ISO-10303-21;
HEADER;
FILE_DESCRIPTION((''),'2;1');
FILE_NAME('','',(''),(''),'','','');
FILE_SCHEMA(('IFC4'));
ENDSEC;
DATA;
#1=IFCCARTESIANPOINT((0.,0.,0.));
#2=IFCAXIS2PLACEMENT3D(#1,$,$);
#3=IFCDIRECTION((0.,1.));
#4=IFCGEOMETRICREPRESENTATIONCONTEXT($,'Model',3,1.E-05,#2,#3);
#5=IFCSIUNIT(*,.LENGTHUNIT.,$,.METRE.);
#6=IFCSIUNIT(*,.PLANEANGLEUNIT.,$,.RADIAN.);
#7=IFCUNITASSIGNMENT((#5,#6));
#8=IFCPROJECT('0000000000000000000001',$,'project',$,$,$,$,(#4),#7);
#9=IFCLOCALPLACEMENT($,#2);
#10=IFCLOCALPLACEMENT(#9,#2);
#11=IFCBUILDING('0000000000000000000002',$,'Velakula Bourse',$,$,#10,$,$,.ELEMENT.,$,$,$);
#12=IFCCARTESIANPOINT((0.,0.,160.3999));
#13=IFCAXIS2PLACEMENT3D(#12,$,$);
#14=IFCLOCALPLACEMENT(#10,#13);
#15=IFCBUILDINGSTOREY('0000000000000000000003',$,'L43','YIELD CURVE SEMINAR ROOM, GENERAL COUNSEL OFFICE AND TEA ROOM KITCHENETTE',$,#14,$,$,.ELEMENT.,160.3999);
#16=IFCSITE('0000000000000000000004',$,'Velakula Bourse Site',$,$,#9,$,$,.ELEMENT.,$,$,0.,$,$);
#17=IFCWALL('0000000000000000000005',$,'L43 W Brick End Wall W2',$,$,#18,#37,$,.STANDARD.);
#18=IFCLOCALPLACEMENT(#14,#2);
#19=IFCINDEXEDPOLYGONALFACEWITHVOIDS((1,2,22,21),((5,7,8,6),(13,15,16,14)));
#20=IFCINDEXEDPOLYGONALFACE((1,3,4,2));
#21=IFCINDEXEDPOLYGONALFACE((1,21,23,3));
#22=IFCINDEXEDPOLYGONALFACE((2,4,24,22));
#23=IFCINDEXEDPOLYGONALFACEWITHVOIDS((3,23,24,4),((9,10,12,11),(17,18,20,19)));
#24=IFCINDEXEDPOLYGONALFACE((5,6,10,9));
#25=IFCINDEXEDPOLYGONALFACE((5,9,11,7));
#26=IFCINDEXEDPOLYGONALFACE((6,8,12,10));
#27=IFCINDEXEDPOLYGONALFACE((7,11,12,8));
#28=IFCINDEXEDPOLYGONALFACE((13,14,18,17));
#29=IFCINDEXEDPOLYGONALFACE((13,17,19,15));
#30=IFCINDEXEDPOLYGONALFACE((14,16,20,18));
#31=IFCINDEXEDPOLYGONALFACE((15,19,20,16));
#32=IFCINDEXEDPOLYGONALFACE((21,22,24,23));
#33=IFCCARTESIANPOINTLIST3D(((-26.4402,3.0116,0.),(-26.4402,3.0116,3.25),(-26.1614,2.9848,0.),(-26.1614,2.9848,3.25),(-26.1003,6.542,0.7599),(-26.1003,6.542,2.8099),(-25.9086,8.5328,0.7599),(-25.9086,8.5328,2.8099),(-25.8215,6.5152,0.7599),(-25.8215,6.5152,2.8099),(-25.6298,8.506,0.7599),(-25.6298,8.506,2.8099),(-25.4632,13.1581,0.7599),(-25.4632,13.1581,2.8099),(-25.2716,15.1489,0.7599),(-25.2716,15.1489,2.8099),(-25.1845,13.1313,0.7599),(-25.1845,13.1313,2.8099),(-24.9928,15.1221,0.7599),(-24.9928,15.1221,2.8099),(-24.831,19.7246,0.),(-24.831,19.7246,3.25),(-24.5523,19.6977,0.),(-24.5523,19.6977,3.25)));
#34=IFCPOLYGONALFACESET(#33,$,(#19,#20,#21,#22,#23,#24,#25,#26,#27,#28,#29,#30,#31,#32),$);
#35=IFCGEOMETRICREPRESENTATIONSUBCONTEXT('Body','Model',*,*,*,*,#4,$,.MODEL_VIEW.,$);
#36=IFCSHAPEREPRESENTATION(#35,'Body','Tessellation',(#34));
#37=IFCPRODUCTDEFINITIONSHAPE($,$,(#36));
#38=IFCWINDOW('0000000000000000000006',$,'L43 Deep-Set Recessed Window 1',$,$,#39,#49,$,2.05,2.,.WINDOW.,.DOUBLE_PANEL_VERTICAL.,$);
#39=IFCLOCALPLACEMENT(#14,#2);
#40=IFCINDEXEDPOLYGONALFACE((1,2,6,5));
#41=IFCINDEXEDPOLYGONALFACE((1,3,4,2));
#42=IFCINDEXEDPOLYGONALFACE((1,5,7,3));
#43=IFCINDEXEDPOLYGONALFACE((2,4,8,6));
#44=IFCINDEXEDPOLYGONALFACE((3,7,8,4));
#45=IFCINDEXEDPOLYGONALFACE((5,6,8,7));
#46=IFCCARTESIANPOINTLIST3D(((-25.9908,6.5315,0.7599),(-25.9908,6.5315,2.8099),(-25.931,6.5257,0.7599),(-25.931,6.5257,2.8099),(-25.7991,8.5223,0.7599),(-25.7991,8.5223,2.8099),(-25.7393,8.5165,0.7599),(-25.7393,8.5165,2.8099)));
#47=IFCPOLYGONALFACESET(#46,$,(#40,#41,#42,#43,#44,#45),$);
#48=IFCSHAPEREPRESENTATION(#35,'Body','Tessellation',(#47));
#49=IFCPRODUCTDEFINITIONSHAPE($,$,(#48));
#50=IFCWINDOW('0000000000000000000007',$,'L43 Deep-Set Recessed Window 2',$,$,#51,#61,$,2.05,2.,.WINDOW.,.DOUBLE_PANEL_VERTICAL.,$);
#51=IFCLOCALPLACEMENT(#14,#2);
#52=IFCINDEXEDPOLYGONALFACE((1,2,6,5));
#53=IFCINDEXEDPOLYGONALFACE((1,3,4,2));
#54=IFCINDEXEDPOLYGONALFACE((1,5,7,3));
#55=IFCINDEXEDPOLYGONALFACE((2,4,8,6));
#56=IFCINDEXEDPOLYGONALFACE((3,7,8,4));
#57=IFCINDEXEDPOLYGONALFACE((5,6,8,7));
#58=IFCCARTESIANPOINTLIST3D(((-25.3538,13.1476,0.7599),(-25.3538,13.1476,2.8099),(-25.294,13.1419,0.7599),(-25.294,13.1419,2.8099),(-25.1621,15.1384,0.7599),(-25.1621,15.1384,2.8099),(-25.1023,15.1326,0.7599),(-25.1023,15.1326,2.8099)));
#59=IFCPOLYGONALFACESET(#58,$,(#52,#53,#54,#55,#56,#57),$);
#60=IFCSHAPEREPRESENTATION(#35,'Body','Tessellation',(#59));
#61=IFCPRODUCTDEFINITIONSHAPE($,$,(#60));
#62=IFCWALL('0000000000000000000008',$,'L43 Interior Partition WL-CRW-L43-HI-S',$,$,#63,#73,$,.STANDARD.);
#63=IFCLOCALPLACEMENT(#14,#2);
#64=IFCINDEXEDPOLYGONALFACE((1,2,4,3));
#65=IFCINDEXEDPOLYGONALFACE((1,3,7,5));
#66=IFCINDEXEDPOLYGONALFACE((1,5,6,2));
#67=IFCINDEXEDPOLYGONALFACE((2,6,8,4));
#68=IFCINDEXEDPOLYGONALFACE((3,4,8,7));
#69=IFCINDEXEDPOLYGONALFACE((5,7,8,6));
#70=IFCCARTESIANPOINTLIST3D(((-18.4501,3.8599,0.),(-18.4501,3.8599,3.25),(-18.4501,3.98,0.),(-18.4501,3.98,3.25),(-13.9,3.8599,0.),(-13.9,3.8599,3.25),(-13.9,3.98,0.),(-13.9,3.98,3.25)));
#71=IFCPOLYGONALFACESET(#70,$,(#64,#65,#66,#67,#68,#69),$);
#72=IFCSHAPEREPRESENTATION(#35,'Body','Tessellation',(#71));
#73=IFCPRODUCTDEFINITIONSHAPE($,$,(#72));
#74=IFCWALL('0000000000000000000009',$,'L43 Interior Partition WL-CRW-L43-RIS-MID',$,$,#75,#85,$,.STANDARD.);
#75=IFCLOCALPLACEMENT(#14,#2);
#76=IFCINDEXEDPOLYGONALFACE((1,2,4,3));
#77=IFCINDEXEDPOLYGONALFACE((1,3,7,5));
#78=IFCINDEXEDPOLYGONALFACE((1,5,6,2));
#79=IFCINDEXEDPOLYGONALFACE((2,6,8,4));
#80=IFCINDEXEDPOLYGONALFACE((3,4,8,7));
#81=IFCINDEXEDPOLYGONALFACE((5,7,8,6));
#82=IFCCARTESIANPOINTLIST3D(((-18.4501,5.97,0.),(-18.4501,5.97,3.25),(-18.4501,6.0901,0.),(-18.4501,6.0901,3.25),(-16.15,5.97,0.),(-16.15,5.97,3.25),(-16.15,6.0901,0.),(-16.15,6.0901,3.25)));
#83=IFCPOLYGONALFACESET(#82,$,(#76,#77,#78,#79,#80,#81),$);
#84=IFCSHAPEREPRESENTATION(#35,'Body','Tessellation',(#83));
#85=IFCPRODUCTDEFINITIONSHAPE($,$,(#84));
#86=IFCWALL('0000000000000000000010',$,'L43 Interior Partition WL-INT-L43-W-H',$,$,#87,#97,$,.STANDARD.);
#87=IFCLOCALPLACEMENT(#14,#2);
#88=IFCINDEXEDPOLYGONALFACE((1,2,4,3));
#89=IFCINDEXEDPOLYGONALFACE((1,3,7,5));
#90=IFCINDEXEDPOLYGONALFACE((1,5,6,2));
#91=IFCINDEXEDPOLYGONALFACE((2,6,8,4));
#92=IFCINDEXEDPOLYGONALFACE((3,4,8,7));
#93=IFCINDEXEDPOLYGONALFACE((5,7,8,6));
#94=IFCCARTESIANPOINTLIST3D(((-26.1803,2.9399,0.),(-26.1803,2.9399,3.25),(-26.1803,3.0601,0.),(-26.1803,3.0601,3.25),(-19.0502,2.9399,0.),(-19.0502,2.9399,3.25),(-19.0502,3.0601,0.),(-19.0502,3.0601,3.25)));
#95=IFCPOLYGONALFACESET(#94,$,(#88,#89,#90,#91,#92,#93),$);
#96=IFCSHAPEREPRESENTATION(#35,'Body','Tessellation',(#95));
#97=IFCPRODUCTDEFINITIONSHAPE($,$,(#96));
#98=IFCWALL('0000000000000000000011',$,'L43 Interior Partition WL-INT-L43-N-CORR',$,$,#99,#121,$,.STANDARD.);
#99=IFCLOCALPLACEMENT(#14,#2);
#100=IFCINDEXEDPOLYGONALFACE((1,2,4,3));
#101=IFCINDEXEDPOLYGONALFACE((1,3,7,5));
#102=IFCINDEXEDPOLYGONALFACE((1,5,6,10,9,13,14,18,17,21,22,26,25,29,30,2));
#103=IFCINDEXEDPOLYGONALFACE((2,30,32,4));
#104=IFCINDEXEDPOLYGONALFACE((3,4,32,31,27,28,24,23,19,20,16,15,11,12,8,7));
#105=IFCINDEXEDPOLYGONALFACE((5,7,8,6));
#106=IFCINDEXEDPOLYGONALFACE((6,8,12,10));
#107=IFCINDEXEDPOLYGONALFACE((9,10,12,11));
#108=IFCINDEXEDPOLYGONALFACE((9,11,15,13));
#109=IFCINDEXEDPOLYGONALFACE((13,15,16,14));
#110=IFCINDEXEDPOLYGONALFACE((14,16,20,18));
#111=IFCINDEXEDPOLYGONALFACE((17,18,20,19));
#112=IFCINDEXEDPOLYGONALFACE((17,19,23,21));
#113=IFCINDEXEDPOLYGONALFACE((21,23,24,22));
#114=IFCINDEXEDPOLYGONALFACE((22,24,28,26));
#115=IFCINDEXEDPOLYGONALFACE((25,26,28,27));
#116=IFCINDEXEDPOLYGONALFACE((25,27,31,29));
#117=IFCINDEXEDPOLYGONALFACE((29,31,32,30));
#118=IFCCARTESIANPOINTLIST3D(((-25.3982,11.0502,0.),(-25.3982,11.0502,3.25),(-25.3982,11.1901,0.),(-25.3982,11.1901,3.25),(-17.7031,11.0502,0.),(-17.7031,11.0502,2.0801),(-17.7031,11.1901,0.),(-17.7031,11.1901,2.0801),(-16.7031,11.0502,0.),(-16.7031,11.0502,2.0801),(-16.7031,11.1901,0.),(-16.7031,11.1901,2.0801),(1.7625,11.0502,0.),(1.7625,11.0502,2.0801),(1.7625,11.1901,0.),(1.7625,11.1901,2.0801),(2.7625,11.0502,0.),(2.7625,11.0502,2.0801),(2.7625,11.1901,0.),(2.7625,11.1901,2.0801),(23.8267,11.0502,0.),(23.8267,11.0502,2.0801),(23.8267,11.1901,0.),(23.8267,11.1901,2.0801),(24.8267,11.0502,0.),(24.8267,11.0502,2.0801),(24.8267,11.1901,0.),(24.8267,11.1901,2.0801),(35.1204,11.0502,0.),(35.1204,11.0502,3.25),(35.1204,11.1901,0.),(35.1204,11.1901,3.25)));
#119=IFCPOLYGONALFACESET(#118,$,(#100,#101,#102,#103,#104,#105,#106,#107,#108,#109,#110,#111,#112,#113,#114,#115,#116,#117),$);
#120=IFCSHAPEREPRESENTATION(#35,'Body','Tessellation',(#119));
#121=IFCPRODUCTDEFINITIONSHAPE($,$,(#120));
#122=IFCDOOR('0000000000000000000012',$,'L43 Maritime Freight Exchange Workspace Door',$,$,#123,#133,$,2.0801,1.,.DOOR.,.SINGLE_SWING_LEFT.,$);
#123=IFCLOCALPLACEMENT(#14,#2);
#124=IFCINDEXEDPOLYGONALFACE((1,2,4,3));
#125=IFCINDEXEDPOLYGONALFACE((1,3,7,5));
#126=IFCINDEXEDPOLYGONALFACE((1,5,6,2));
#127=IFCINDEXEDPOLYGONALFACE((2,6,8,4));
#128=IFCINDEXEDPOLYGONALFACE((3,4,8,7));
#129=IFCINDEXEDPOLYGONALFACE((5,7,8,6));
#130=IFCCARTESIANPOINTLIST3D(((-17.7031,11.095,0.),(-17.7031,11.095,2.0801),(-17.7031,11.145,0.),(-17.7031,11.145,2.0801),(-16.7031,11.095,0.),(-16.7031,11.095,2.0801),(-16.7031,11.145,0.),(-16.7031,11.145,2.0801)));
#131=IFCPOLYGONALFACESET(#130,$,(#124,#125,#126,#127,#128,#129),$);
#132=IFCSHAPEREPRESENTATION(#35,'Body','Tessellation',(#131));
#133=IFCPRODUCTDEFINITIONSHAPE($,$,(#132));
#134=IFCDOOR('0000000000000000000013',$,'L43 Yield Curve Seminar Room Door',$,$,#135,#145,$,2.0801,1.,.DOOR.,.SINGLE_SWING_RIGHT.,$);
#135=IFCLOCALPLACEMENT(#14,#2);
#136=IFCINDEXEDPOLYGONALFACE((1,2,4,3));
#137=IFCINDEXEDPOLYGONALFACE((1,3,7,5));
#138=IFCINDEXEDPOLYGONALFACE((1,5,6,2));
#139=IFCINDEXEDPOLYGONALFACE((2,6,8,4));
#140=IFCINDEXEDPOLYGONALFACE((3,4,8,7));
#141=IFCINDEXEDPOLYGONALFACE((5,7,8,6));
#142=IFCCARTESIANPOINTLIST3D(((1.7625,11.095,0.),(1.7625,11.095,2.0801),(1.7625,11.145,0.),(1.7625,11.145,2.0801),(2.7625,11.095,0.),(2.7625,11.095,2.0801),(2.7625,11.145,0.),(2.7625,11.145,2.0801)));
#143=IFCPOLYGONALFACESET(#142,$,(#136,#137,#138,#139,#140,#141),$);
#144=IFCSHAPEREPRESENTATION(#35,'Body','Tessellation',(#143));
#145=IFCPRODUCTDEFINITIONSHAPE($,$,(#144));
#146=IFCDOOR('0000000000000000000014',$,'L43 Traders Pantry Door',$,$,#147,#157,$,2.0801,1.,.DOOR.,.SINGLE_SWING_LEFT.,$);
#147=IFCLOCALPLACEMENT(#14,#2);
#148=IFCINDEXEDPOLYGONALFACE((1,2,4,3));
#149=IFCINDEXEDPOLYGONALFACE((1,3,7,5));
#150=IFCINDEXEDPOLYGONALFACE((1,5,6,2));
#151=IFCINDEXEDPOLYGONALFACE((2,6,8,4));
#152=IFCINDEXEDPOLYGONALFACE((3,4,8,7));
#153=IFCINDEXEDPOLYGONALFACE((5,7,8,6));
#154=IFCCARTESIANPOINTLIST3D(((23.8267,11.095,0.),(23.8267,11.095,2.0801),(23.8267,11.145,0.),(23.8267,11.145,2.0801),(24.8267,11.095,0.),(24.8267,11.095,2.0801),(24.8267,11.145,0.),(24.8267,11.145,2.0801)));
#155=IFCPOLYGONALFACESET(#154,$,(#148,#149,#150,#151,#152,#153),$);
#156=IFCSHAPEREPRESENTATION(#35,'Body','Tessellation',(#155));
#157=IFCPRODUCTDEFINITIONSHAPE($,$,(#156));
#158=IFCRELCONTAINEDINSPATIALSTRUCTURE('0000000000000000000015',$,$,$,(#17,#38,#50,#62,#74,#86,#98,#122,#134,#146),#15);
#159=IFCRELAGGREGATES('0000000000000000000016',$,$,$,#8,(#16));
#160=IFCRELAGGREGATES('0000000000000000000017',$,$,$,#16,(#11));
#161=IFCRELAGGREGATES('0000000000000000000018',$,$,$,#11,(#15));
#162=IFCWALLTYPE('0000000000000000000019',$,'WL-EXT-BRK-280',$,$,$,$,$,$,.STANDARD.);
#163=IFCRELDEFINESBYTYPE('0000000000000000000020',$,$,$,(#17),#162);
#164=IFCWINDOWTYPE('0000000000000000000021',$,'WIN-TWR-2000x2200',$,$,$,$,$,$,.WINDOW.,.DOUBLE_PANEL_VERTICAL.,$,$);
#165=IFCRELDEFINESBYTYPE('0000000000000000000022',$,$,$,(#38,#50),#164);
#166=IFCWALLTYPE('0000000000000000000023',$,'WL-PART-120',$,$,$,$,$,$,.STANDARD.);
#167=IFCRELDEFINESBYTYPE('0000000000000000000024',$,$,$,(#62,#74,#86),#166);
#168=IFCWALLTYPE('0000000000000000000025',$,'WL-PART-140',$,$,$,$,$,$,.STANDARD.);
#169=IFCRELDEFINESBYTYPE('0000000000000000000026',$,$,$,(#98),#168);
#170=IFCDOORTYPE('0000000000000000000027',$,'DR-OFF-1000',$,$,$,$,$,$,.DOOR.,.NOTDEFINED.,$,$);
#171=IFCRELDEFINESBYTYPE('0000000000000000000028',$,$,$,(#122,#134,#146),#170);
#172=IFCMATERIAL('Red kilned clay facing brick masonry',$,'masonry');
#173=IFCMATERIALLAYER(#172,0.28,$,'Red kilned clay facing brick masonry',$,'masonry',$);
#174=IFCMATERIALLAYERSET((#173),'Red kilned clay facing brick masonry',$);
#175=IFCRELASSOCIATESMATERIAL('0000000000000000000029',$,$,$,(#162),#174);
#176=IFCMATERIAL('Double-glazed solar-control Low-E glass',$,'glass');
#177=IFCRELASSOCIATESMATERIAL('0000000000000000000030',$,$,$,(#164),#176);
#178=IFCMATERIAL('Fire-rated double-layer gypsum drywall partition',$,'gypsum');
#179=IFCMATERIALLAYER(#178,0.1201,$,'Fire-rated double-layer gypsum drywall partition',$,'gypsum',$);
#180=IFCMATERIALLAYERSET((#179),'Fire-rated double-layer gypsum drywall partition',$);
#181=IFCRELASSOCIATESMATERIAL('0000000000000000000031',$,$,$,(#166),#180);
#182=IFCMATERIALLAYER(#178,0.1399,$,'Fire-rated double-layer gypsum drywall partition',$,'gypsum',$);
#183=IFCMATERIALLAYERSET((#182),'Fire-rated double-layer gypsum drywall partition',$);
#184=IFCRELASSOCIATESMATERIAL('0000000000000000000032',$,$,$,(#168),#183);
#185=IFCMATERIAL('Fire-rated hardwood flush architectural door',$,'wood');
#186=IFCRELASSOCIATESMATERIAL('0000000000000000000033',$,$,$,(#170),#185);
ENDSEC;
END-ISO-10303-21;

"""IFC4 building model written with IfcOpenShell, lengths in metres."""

from ifc_helpers import new_model, si_unit, direction, frame, frame_2d, origin, place, context, subcontext, project, spatial, rectangle, extrude, material, layer, layer_set, type_object, element, fill, save


model = new_model("IFC4")

# Units and contexts
model_context = context("Model", 3, precision=1e-05, world=origin(), true_north=direction((0.0, 1.0)))
body_context = subcontext(model_context, "Body", "Model", "MODEL_VIEW")
ifc_project = project(units=[si_unit("LENGTHUNIT", "METRE"), si_unit("PLANEANGLEUNIT", "RADIAN")], contexts=[model_context])

# Site, building, storey
site_placement = place(None, origin())
site = spatial("IfcSite", under=ifc_project, at=site_placement, Name="Velakula Bourse Site", CompositionType="ELEMENT", RefElevation=0.0)
building_placement = place(site_placement, origin())
building = spatial("IfcBuilding", under=site, at=building_placement, Name="Velakula Bourse", CompositionType="ELEMENT")
storey_placement = place(building_placement, frame((0.0, 0.0, 160.3999)))
storey = spatial("IfcBuildingStorey", under=building, at=storey_placement, Name="L43", Description="YIELD CURVE SEMINAR ROOM, GENERAL COUNSEL OFFICE AND TEA ROOM KITCHENETTE", CompositionType="ELEMENT", Elevation=160.3999)

# Shared definitions
ifc_material_1 = material(Name="Fire-rated hardwood flush architectural door", Category="wood")

# Wall, openings, windows
ifc_material_2 = material(Name="Red kilned clay facing brick masonry", Category="masonry")
ifc_layer_1 = layer(ifc_material_2, 0.28, Name="Red kilned clay facing brick masonry", Category="masonry")
ifc_layer_set_1 = layer_set([ifc_layer_1], Name="Red kilned clay facing brick masonry")
wall_type_1 = type_object("IfcWallType", Name="WL-EXT-BRK-280", PredefinedType="STANDARD", material=ifc_layer_set_1)
wall_1_placement = place(storey_placement, frame((-26.3008, 2.9983, 0.0), z_axis=(0.0, 0.0, 1.0), x_axis=(0.095838, 0.995397, 0.0)))
wall_1 = element("IfcWall", 1, at=wall_1_placement, inside=storey, type_object=wall_type_1, Name="L43 W Brick End Wall W2", PredefinedType="STANDARD", context=body_context, shape_type="SweptSolid", body=[
    extrude(rectangle(XDim=16.7903, YDim=0.28, at=frame_2d((8.395, 0.0))), origin(), (0.0, 0.0, 1.0), 3.25),
])
opening_1_placement = place(wall_1_placement, frame((3.5466, 0.0, 0.76)))
opening_1 = element("IfcOpeningElement", 2, at=opening_1_placement, cuts=wall_1, PredefinedType="OPENING", context=body_context, shape_type="SweptSolid", body=[
    extrude(rectangle(XDim=2.0, YDim=2.05, at=frame_2d((1.0, 1.0249))), frame((0.0, 0.1499, 0.0), z_axis=(0.0, -1.0, 0.0), x_axis=(1.0, 0.0, 0.0)), (0.0, 0.0, 1.0), 0.3),
])
opening_2_placement = place(wall_1_placement, frame((10.1934, 0.0, 0.76)))
opening_2 = element("IfcOpeningElement", 3, at=opening_2_placement, cuts=wall_1, PredefinedType="OPENING", context=body_context, shape_type="SweptSolid", body=[
    extrude(rectangle(XDim=2.0, YDim=2.05, at=frame_2d((1.0, 1.0249))), frame((0.0, 0.1499, 0.0), z_axis=(0.0, -1.0, 0.0), x_axis=(1.0, 0.0, 0.0)), (0.0, 0.0, 1.0), 0.3),
])
ifc_material_3 = material(Name="Double-glazed solar-control Low-E glass", Category="glass")
window_type = type_object("IfcWindowType", Name="WIN-TWR-2000x2200", PartitioningType="DOUBLE_PANEL_VERTICAL", PredefinedType="WINDOW", material=ifc_material_3)
window_1_placement = place(opening_1_placement, origin())
window_1 = element("IfcWindow", 4, at=window_1_placement, inside=storey, type_object=window_type, Name="L43 Deep-Set Recessed Window 1", OverallHeight=2.05, OverallWidth=2.0, PartitioningType="DOUBLE_PANEL_VERTICAL", PredefinedType="WINDOW", context=body_context, shape_type="SweptSolid", body=[
    extrude(rectangle(XDim=2.0, YDim=2.05, at=frame_2d((1.0, 1.0249))), frame((0.0, 0.03, 0.0), z_axis=(0.0, -1.0, 0.0), x_axis=(1.0, 0.0, 0.0)), (0.0, 0.0, 1.0), 0.0601),
])
fill(opening_1, window_1)
window_2_placement = place(opening_2_placement, origin())
window_2 = element("IfcWindow", 5, at=window_2_placement, inside=storey, type_object=window_type, Name="L43 Deep-Set Recessed Window 2", OverallHeight=2.05, OverallWidth=2.0, PartitioningType="DOUBLE_PANEL_VERTICAL", PredefinedType="WINDOW", context=body_context, shape_type="SweptSolid", body=[
    extrude(rectangle(XDim=2.0, YDim=2.05, at=frame_2d((1.0, 1.0249))), frame((0.0, 0.03, 0.0), z_axis=(0.0, -1.0, 0.0), x_axis=(1.0, 0.0, 0.0)), (0.0, 0.0, 1.0), 0.0601),
])
fill(opening_2, window_2)

# Walls
ifc_material_4 = material(Name="Fire-rated double-layer gypsum drywall partition", Category="gypsum")
ifc_layer_2 = layer(ifc_material_4, 0.1201, Name="Fire-rated double-layer gypsum drywall partition", Category="gypsum")
ifc_layer_set_2 = layer_set([ifc_layer_2], Name="Fire-rated double-layer gypsum drywall partition")
wall_type_2 = type_object("IfcWallType", Name="WL-PART-120", PredefinedType="STANDARD", material=ifc_layer_set_2)
wall_2_placement = place(storey_placement, frame((-18.45, 3.9199, 0.0), z_axis=(0.0, 0.0, 1.0), x_axis=(1.0, 0.0, 0.0)))
element("IfcWall", 6, at=wall_2_placement, inside=storey, type_object=wall_type_2, Name="L43 Interior Partition WL-CRW-L43-HI-S", PredefinedType="STANDARD", context=body_context, shape_type="SweptSolid", body=[
    extrude(rectangle(XDim=4.55, YDim=0.1201, at=frame_2d((2.2749, 0.0))), origin(), (0.0, 0.0, 1.0), 3.25),
])
wall_3_placement = place(storey_placement, frame((-18.45, 6.03, 0.0), z_axis=(0.0, 0.0, 1.0), x_axis=(1.0, 0.0, 0.0)))
element("IfcWall", 7, at=wall_3_placement, inside=storey, type_object=wall_type_2, Name="L43 Interior Partition WL-CRW-L43-RIS-MID", PredefinedType="STANDARD", context=body_context, shape_type="SweptSolid", body=[
    extrude(rectangle(XDim=2.3, YDim=0.1201, at=frame_2d((1.1499, 0.0))), origin(), (0.0, 0.0, 1.0), 3.25),
])
wall_4_placement = place(storey_placement, frame((-26.1802, 3.0, 0.0), z_axis=(0.0, 0.0, 1.0), x_axis=(1.0, 0.0, 0.0)))
element("IfcWall", 8, at=wall_4_placement, inside=storey, type_object=wall_type_2, Name="L43 Interior Partition WL-INT-L43-W-H", PredefinedType="STANDARD", context=body_context, shape_type="SweptSolid", body=[
    extrude(rectangle(XDim=7.1301, YDim=0.1201, at=frame_2d((3.5649, 0.0))), origin(), (0.0, 0.0, 1.0), 3.25),
])

# Wall, openings, doors
ifc_layer_3 = layer(ifc_material_4, 0.1399, Name="Fire-rated double-layer gypsum drywall partition", Category="gypsum")
ifc_layer_set_3 = layer_set([ifc_layer_3], Name="Fire-rated double-layer gypsum drywall partition")
wall_type_3 = type_object("IfcWallType", Name="WL-PART-140", PredefinedType="STANDARD", material=ifc_layer_set_3)
wall_5_placement = place(storey_placement, frame((-25.3982, 11.1201, 0.0), z_axis=(0.0, 0.0, 1.0), x_axis=(1.0, 0.0, 0.0)))
wall_5 = element("IfcWall", 9, at=wall_5_placement, inside=storey, type_object=wall_type_3, Name="L43 Interior Partition WL-INT-L43-N-CORR", PredefinedType="STANDARD", context=body_context, shape_type="SweptSolid", body=[
    extrude(rectangle(XDim=60.5186, YDim=0.1399, at=frame_2d((30.2593, 0.0))), origin(), (0.0, 0.0, 1.0), 3.25),
])
opening_3_placement = place(wall_5_placement, frame((7.6951, 0.0, 0.0)))
opening_3 = element("IfcOpeningElement", 10, at=opening_3_placement, cuts=wall_5, PredefinedType="OPENING", context=body_context, shape_type="SweptSolid", body=[
    extrude(rectangle(XDim=1.0, YDim=2.0801, at=frame_2d((0.5, 1.04))), frame((0.0, 0.0798, 0.0), z_axis=(0.0, -1.0, 0.0), x_axis=(1.0, 0.0, 0.0)), (0.0, 0.0, 1.0), 0.1599),
])
opening_4_placement = place(wall_5_placement, frame((27.1606, 0.0, 0.0)))
opening_4 = element("IfcOpeningElement", 11, at=opening_4_placement, cuts=wall_5, PredefinedType="OPENING", context=body_context, shape_type="SweptSolid", body=[
    extrude(rectangle(XDim=1.0, YDim=2.0801, at=frame_2d((0.5, 1.04))), frame((0.0, 0.0798, 0.0), z_axis=(0.0, -1.0, 0.0), x_axis=(1.0, 0.0, 0.0)), (0.0, 0.0, 1.0), 0.1599),
])
opening_5_placement = place(wall_5_placement, frame((49.2249, 0.0, 0.0)))
opening_5 = element("IfcOpeningElement", 12, at=opening_5_placement, cuts=wall_5, PredefinedType="OPENING", context=body_context, shape_type="SweptSolid", body=[
    extrude(rectangle(XDim=1.0, YDim=2.0801, at=frame_2d((0.5, 1.04))), frame((0.0, 0.0798, 0.0), z_axis=(0.0, -1.0, 0.0), x_axis=(1.0, 0.0, 0.0)), (0.0, 0.0, 1.0), 0.1599),
])
door_type_1 = type_object("IfcDoorType", Name="DR-OFF-1000", OperationType="NOTDEFINED", PredefinedType="DOOR", material=ifc_material_1)
door_1_placement = place(opening_3_placement, origin())
door_1 = element("IfcDoor", 13, at=door_1_placement, inside=storey, type_object=door_type_1, Name="L43 Maritime Freight Exchange Workspace Door", OperationType="SINGLE_SWING_LEFT", OverallHeight=2.0801, OverallWidth=1.0, PredefinedType="DOOR", context=body_context, shape_type="SweptSolid", body=[
    extrude(rectangle(XDim=1.0, YDim=2.0801, at=frame_2d((0.5, 1.04))), frame((0.0, 0.0249, 0.0), z_axis=(0.0, -1.0, 0.0), x_axis=(1.0, 0.0, 0.0)), (0.0, 0.0, 1.0), 0.05),
])
fill(opening_3, door_1)
door_2_placement = place(opening_4_placement, origin())
door_2 = element("IfcDoor", 14, at=door_2_placement, inside=storey, type_object=door_type_1, Name="L43 Yield Curve Seminar Room Door", OperationType="SINGLE_SWING_RIGHT", OverallHeight=2.0801, OverallWidth=1.0, PredefinedType="DOOR", context=body_context, shape_type="SweptSolid", body=[
    extrude(rectangle(XDim=1.0, YDim=2.0801, at=frame_2d((0.5, 1.04))), frame((0.0, 0.0249, 0.0), z_axis=(0.0, -1.0, 0.0), x_axis=(1.0, 0.0, 0.0)), (0.0, 0.0, 1.0), 0.05),
])
fill(opening_4, door_2)
door_3_placement = place(opening_5_placement, origin())
door_3 = element("IfcDoor", 15, at=door_3_placement, inside=storey, type_object=door_type_1, Name="L43 Traders Pantry Door", OperationType="SINGLE_SWING_LEFT", OverallHeight=2.0801, OverallWidth=1.0, PredefinedType="DOOR", context=body_context, shape_type="SweptSolid", body=[
    extrude(rectangle(XDim=1.0, YDim=2.0801, at=frame_2d((0.5, 1.04))), frame((0.0, 0.0249, 0.0), z_axis=(0.0, -1.0, 0.0), x_axis=(1.0, 0.0, 0.0)), (0.0, 0.0, 1.0), 0.05),
])
fill(opening_5, door_3)

save(model, "model.ifc")
